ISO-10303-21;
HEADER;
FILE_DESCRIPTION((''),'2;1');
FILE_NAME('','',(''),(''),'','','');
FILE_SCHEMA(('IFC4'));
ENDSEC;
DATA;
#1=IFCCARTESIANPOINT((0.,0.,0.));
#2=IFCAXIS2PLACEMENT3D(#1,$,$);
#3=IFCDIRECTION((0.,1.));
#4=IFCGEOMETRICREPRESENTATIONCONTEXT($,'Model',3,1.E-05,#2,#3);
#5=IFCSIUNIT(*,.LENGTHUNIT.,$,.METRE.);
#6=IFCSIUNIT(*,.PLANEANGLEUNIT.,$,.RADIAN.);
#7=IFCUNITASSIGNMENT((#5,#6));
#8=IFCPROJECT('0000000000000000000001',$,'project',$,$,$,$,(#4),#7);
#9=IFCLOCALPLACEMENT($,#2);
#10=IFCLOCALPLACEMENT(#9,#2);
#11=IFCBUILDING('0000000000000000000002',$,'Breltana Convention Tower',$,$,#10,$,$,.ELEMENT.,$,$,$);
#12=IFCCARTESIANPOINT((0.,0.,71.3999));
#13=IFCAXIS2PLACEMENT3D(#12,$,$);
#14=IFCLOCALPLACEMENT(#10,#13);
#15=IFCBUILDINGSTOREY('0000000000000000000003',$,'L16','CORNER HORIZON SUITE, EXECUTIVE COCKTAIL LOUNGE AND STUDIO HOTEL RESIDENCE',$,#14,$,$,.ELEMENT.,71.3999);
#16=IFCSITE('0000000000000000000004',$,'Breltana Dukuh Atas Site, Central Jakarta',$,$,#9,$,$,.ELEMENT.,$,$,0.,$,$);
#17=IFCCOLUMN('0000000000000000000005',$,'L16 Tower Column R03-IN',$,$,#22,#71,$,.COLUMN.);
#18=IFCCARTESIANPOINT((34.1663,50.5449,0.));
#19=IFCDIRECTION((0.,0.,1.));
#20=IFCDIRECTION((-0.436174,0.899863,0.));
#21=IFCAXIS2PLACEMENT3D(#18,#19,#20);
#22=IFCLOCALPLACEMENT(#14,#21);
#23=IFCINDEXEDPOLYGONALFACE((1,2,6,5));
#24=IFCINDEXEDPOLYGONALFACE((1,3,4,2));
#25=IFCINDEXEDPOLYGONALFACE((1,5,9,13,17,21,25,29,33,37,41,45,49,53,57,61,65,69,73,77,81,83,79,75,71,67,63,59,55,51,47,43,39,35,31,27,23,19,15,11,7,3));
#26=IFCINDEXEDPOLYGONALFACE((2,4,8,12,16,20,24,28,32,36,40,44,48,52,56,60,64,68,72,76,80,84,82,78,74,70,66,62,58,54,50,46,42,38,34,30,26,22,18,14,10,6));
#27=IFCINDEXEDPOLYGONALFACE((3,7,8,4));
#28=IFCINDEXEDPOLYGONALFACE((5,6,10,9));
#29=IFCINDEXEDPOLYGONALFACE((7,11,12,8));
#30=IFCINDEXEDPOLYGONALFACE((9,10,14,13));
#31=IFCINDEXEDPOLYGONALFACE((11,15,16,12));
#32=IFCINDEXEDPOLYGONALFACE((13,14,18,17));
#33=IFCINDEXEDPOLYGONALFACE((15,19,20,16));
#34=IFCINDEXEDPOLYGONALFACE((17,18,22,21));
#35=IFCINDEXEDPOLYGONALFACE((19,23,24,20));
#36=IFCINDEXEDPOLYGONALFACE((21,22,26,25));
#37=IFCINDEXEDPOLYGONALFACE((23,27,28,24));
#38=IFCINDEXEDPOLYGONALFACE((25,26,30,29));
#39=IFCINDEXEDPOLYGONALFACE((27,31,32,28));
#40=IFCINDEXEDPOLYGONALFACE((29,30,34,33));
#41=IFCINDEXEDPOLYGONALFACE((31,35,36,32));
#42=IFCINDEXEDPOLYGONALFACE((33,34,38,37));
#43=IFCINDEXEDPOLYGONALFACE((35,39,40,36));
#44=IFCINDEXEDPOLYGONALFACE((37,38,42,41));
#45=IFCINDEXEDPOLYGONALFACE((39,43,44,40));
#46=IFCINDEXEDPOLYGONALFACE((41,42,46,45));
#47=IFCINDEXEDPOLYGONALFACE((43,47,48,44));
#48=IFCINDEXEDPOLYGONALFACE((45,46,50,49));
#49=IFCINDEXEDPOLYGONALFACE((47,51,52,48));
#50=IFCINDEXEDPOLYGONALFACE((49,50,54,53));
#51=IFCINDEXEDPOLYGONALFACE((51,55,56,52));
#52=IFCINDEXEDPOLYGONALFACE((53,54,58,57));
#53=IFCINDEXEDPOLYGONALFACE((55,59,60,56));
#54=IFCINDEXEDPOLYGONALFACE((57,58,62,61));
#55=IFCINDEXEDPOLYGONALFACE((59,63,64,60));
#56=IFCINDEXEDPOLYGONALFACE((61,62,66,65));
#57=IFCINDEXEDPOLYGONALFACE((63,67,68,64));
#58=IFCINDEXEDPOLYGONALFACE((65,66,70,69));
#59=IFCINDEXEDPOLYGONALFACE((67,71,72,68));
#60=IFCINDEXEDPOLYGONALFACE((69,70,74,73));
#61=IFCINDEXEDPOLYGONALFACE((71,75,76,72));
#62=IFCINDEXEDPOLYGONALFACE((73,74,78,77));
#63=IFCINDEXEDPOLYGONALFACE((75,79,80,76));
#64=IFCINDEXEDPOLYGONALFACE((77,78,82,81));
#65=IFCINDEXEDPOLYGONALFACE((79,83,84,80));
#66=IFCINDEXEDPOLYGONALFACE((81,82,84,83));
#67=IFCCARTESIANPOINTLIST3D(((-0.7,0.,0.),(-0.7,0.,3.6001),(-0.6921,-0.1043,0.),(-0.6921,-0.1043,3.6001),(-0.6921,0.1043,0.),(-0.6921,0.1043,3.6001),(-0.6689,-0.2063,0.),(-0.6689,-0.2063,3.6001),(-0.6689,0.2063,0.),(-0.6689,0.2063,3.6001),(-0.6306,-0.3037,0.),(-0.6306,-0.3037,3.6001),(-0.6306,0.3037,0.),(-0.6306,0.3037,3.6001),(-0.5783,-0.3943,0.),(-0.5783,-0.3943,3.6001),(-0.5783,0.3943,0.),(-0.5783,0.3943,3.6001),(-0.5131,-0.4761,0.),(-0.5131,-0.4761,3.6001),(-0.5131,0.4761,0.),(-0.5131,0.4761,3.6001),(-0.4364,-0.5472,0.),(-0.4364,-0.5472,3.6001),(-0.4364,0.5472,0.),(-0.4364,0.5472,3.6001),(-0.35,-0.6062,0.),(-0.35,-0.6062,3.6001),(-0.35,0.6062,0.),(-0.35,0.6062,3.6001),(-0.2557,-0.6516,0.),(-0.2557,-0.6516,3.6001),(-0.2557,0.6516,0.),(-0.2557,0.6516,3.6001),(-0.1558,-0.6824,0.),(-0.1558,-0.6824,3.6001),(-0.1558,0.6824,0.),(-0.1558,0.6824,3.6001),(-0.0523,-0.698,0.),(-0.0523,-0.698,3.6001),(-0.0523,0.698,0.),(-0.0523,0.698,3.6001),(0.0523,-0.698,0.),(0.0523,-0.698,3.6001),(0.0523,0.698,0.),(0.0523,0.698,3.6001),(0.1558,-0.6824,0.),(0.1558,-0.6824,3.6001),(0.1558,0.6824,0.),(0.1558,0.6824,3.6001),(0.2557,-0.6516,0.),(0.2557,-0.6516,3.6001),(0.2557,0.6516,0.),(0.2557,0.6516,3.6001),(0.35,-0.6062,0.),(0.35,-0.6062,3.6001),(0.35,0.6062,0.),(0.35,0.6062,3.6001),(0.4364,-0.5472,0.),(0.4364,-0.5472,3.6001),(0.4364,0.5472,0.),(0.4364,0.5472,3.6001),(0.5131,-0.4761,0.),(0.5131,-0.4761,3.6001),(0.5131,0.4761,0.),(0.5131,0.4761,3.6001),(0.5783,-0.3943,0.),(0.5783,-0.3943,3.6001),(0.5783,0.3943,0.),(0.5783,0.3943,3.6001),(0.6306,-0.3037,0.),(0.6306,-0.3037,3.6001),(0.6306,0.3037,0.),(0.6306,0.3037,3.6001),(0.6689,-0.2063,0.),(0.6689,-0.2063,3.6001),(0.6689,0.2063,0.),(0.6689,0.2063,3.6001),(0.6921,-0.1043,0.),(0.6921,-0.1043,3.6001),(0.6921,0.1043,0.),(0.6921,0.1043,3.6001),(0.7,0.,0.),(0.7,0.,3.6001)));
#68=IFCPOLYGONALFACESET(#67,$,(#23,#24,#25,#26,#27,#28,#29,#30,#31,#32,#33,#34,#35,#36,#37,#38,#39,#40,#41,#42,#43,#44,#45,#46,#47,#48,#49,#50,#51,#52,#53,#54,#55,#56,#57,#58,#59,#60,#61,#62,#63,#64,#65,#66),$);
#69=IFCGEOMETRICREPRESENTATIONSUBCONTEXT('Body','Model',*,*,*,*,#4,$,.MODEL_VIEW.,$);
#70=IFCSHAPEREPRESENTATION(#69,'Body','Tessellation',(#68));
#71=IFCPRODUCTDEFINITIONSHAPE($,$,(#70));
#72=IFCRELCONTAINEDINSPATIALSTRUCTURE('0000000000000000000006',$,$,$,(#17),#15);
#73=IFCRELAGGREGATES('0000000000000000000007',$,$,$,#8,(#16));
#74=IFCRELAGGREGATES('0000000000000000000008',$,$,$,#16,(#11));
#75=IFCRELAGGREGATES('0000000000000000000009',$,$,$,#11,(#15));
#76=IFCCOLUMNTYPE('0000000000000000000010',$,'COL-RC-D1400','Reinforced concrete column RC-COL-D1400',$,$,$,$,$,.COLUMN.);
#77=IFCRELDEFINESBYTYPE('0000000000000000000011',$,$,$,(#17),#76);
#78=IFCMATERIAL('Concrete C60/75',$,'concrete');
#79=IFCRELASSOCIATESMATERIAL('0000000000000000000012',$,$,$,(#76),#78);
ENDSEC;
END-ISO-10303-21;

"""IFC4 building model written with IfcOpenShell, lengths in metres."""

from ifc_helpers import new_model, si_unit, direction, frame, origin, origin_2d, place, context, subcontext, project, spatial, circle, extrude, source, transform, mapped, material, material_profile, profile_set, type_object, element, save


model = new_model("IFC4")

# Units and contexts
model_context = context("Model", 3, precision=1e-05, world=origin(), true_north=direction((0.0, 1.0)))
body_context = subcontext(model_context, "Body", "Model", "MODEL_VIEW")
ifc_project = project(units=[si_unit("LENGTHUNIT", "METRE"), si_unit("PLANEANGLEUNIT", "RADIAN")], contexts=[model_context])

# Site, building, storey
site_placement = place(None, origin())
site = spatial("IfcSite", under=ifc_project, at=site_placement, Name="Breltana Dukuh Atas Site, Central Jakarta", CompositionType="ELEMENT", RefElevation=0.0)
building_placement = place(site_placement, origin())
building = spatial("IfcBuilding", under=site, at=building_placement, Name="Breltana Convention Tower", CompositionType="ELEMENT")
storey_placement = place(building_placement, frame((0.0, 0.0, 71.3999)))
storey = spatial("IfcBuildingStorey", under=building, at=storey_placement, Name="L16", Description="CORNER HORIZON SUITE, EXECUTIVE COCKTAIL LOUNGE AND STUDIO HOTEL RESIDENCE", CompositionType="ELEMENT", Elevation=71.3999)

# Column
ifc_material_1 = material(Name="Concrete C60/75", Category="concrete")
ifc_material_profile_1 = material_profile(ifc_material_1, circle(Radius=0.7, at=origin_2d()), Name="RC-COL-D1400")
ifc_profile_set_1 = profile_set([ifc_material_profile_1], Name="Concrete C60/75")
column_type_1 = type_object("IfcColumnType", Name="COL-RC-D1400", Description="Reinforced concrete column RC-COL-D1400", PredefinedType="COLUMN", material=ifc_profile_set_1)
shared_shape_1 = source(origin(), body_context, "Body", "SweptSolid", [
    extrude(circle(Radius=0.7, at=origin_2d()), origin(), (0.0, 0.0, 1.0), 3.6001),
])
column_1_placement = place(storey_placement, frame((34.1663, 50.5449, 0.0), z_axis=(0.0, 0.0, 1.0), x_axis=(-0.436174, 0.899863, 0.0)))
element("IfcColumn", 1, at=column_1_placement, inside=storey, type_object=column_type_1, Name="L16 Tower Column R03-IN", PredefinedType="COLUMN", context=body_context, shape_type="MappedRepresentation", body=[
    mapped(shared_shape_1, transform((0.0, 0.0, 0.0), scale=1.0)),
])

save(model, "model.ifc")
